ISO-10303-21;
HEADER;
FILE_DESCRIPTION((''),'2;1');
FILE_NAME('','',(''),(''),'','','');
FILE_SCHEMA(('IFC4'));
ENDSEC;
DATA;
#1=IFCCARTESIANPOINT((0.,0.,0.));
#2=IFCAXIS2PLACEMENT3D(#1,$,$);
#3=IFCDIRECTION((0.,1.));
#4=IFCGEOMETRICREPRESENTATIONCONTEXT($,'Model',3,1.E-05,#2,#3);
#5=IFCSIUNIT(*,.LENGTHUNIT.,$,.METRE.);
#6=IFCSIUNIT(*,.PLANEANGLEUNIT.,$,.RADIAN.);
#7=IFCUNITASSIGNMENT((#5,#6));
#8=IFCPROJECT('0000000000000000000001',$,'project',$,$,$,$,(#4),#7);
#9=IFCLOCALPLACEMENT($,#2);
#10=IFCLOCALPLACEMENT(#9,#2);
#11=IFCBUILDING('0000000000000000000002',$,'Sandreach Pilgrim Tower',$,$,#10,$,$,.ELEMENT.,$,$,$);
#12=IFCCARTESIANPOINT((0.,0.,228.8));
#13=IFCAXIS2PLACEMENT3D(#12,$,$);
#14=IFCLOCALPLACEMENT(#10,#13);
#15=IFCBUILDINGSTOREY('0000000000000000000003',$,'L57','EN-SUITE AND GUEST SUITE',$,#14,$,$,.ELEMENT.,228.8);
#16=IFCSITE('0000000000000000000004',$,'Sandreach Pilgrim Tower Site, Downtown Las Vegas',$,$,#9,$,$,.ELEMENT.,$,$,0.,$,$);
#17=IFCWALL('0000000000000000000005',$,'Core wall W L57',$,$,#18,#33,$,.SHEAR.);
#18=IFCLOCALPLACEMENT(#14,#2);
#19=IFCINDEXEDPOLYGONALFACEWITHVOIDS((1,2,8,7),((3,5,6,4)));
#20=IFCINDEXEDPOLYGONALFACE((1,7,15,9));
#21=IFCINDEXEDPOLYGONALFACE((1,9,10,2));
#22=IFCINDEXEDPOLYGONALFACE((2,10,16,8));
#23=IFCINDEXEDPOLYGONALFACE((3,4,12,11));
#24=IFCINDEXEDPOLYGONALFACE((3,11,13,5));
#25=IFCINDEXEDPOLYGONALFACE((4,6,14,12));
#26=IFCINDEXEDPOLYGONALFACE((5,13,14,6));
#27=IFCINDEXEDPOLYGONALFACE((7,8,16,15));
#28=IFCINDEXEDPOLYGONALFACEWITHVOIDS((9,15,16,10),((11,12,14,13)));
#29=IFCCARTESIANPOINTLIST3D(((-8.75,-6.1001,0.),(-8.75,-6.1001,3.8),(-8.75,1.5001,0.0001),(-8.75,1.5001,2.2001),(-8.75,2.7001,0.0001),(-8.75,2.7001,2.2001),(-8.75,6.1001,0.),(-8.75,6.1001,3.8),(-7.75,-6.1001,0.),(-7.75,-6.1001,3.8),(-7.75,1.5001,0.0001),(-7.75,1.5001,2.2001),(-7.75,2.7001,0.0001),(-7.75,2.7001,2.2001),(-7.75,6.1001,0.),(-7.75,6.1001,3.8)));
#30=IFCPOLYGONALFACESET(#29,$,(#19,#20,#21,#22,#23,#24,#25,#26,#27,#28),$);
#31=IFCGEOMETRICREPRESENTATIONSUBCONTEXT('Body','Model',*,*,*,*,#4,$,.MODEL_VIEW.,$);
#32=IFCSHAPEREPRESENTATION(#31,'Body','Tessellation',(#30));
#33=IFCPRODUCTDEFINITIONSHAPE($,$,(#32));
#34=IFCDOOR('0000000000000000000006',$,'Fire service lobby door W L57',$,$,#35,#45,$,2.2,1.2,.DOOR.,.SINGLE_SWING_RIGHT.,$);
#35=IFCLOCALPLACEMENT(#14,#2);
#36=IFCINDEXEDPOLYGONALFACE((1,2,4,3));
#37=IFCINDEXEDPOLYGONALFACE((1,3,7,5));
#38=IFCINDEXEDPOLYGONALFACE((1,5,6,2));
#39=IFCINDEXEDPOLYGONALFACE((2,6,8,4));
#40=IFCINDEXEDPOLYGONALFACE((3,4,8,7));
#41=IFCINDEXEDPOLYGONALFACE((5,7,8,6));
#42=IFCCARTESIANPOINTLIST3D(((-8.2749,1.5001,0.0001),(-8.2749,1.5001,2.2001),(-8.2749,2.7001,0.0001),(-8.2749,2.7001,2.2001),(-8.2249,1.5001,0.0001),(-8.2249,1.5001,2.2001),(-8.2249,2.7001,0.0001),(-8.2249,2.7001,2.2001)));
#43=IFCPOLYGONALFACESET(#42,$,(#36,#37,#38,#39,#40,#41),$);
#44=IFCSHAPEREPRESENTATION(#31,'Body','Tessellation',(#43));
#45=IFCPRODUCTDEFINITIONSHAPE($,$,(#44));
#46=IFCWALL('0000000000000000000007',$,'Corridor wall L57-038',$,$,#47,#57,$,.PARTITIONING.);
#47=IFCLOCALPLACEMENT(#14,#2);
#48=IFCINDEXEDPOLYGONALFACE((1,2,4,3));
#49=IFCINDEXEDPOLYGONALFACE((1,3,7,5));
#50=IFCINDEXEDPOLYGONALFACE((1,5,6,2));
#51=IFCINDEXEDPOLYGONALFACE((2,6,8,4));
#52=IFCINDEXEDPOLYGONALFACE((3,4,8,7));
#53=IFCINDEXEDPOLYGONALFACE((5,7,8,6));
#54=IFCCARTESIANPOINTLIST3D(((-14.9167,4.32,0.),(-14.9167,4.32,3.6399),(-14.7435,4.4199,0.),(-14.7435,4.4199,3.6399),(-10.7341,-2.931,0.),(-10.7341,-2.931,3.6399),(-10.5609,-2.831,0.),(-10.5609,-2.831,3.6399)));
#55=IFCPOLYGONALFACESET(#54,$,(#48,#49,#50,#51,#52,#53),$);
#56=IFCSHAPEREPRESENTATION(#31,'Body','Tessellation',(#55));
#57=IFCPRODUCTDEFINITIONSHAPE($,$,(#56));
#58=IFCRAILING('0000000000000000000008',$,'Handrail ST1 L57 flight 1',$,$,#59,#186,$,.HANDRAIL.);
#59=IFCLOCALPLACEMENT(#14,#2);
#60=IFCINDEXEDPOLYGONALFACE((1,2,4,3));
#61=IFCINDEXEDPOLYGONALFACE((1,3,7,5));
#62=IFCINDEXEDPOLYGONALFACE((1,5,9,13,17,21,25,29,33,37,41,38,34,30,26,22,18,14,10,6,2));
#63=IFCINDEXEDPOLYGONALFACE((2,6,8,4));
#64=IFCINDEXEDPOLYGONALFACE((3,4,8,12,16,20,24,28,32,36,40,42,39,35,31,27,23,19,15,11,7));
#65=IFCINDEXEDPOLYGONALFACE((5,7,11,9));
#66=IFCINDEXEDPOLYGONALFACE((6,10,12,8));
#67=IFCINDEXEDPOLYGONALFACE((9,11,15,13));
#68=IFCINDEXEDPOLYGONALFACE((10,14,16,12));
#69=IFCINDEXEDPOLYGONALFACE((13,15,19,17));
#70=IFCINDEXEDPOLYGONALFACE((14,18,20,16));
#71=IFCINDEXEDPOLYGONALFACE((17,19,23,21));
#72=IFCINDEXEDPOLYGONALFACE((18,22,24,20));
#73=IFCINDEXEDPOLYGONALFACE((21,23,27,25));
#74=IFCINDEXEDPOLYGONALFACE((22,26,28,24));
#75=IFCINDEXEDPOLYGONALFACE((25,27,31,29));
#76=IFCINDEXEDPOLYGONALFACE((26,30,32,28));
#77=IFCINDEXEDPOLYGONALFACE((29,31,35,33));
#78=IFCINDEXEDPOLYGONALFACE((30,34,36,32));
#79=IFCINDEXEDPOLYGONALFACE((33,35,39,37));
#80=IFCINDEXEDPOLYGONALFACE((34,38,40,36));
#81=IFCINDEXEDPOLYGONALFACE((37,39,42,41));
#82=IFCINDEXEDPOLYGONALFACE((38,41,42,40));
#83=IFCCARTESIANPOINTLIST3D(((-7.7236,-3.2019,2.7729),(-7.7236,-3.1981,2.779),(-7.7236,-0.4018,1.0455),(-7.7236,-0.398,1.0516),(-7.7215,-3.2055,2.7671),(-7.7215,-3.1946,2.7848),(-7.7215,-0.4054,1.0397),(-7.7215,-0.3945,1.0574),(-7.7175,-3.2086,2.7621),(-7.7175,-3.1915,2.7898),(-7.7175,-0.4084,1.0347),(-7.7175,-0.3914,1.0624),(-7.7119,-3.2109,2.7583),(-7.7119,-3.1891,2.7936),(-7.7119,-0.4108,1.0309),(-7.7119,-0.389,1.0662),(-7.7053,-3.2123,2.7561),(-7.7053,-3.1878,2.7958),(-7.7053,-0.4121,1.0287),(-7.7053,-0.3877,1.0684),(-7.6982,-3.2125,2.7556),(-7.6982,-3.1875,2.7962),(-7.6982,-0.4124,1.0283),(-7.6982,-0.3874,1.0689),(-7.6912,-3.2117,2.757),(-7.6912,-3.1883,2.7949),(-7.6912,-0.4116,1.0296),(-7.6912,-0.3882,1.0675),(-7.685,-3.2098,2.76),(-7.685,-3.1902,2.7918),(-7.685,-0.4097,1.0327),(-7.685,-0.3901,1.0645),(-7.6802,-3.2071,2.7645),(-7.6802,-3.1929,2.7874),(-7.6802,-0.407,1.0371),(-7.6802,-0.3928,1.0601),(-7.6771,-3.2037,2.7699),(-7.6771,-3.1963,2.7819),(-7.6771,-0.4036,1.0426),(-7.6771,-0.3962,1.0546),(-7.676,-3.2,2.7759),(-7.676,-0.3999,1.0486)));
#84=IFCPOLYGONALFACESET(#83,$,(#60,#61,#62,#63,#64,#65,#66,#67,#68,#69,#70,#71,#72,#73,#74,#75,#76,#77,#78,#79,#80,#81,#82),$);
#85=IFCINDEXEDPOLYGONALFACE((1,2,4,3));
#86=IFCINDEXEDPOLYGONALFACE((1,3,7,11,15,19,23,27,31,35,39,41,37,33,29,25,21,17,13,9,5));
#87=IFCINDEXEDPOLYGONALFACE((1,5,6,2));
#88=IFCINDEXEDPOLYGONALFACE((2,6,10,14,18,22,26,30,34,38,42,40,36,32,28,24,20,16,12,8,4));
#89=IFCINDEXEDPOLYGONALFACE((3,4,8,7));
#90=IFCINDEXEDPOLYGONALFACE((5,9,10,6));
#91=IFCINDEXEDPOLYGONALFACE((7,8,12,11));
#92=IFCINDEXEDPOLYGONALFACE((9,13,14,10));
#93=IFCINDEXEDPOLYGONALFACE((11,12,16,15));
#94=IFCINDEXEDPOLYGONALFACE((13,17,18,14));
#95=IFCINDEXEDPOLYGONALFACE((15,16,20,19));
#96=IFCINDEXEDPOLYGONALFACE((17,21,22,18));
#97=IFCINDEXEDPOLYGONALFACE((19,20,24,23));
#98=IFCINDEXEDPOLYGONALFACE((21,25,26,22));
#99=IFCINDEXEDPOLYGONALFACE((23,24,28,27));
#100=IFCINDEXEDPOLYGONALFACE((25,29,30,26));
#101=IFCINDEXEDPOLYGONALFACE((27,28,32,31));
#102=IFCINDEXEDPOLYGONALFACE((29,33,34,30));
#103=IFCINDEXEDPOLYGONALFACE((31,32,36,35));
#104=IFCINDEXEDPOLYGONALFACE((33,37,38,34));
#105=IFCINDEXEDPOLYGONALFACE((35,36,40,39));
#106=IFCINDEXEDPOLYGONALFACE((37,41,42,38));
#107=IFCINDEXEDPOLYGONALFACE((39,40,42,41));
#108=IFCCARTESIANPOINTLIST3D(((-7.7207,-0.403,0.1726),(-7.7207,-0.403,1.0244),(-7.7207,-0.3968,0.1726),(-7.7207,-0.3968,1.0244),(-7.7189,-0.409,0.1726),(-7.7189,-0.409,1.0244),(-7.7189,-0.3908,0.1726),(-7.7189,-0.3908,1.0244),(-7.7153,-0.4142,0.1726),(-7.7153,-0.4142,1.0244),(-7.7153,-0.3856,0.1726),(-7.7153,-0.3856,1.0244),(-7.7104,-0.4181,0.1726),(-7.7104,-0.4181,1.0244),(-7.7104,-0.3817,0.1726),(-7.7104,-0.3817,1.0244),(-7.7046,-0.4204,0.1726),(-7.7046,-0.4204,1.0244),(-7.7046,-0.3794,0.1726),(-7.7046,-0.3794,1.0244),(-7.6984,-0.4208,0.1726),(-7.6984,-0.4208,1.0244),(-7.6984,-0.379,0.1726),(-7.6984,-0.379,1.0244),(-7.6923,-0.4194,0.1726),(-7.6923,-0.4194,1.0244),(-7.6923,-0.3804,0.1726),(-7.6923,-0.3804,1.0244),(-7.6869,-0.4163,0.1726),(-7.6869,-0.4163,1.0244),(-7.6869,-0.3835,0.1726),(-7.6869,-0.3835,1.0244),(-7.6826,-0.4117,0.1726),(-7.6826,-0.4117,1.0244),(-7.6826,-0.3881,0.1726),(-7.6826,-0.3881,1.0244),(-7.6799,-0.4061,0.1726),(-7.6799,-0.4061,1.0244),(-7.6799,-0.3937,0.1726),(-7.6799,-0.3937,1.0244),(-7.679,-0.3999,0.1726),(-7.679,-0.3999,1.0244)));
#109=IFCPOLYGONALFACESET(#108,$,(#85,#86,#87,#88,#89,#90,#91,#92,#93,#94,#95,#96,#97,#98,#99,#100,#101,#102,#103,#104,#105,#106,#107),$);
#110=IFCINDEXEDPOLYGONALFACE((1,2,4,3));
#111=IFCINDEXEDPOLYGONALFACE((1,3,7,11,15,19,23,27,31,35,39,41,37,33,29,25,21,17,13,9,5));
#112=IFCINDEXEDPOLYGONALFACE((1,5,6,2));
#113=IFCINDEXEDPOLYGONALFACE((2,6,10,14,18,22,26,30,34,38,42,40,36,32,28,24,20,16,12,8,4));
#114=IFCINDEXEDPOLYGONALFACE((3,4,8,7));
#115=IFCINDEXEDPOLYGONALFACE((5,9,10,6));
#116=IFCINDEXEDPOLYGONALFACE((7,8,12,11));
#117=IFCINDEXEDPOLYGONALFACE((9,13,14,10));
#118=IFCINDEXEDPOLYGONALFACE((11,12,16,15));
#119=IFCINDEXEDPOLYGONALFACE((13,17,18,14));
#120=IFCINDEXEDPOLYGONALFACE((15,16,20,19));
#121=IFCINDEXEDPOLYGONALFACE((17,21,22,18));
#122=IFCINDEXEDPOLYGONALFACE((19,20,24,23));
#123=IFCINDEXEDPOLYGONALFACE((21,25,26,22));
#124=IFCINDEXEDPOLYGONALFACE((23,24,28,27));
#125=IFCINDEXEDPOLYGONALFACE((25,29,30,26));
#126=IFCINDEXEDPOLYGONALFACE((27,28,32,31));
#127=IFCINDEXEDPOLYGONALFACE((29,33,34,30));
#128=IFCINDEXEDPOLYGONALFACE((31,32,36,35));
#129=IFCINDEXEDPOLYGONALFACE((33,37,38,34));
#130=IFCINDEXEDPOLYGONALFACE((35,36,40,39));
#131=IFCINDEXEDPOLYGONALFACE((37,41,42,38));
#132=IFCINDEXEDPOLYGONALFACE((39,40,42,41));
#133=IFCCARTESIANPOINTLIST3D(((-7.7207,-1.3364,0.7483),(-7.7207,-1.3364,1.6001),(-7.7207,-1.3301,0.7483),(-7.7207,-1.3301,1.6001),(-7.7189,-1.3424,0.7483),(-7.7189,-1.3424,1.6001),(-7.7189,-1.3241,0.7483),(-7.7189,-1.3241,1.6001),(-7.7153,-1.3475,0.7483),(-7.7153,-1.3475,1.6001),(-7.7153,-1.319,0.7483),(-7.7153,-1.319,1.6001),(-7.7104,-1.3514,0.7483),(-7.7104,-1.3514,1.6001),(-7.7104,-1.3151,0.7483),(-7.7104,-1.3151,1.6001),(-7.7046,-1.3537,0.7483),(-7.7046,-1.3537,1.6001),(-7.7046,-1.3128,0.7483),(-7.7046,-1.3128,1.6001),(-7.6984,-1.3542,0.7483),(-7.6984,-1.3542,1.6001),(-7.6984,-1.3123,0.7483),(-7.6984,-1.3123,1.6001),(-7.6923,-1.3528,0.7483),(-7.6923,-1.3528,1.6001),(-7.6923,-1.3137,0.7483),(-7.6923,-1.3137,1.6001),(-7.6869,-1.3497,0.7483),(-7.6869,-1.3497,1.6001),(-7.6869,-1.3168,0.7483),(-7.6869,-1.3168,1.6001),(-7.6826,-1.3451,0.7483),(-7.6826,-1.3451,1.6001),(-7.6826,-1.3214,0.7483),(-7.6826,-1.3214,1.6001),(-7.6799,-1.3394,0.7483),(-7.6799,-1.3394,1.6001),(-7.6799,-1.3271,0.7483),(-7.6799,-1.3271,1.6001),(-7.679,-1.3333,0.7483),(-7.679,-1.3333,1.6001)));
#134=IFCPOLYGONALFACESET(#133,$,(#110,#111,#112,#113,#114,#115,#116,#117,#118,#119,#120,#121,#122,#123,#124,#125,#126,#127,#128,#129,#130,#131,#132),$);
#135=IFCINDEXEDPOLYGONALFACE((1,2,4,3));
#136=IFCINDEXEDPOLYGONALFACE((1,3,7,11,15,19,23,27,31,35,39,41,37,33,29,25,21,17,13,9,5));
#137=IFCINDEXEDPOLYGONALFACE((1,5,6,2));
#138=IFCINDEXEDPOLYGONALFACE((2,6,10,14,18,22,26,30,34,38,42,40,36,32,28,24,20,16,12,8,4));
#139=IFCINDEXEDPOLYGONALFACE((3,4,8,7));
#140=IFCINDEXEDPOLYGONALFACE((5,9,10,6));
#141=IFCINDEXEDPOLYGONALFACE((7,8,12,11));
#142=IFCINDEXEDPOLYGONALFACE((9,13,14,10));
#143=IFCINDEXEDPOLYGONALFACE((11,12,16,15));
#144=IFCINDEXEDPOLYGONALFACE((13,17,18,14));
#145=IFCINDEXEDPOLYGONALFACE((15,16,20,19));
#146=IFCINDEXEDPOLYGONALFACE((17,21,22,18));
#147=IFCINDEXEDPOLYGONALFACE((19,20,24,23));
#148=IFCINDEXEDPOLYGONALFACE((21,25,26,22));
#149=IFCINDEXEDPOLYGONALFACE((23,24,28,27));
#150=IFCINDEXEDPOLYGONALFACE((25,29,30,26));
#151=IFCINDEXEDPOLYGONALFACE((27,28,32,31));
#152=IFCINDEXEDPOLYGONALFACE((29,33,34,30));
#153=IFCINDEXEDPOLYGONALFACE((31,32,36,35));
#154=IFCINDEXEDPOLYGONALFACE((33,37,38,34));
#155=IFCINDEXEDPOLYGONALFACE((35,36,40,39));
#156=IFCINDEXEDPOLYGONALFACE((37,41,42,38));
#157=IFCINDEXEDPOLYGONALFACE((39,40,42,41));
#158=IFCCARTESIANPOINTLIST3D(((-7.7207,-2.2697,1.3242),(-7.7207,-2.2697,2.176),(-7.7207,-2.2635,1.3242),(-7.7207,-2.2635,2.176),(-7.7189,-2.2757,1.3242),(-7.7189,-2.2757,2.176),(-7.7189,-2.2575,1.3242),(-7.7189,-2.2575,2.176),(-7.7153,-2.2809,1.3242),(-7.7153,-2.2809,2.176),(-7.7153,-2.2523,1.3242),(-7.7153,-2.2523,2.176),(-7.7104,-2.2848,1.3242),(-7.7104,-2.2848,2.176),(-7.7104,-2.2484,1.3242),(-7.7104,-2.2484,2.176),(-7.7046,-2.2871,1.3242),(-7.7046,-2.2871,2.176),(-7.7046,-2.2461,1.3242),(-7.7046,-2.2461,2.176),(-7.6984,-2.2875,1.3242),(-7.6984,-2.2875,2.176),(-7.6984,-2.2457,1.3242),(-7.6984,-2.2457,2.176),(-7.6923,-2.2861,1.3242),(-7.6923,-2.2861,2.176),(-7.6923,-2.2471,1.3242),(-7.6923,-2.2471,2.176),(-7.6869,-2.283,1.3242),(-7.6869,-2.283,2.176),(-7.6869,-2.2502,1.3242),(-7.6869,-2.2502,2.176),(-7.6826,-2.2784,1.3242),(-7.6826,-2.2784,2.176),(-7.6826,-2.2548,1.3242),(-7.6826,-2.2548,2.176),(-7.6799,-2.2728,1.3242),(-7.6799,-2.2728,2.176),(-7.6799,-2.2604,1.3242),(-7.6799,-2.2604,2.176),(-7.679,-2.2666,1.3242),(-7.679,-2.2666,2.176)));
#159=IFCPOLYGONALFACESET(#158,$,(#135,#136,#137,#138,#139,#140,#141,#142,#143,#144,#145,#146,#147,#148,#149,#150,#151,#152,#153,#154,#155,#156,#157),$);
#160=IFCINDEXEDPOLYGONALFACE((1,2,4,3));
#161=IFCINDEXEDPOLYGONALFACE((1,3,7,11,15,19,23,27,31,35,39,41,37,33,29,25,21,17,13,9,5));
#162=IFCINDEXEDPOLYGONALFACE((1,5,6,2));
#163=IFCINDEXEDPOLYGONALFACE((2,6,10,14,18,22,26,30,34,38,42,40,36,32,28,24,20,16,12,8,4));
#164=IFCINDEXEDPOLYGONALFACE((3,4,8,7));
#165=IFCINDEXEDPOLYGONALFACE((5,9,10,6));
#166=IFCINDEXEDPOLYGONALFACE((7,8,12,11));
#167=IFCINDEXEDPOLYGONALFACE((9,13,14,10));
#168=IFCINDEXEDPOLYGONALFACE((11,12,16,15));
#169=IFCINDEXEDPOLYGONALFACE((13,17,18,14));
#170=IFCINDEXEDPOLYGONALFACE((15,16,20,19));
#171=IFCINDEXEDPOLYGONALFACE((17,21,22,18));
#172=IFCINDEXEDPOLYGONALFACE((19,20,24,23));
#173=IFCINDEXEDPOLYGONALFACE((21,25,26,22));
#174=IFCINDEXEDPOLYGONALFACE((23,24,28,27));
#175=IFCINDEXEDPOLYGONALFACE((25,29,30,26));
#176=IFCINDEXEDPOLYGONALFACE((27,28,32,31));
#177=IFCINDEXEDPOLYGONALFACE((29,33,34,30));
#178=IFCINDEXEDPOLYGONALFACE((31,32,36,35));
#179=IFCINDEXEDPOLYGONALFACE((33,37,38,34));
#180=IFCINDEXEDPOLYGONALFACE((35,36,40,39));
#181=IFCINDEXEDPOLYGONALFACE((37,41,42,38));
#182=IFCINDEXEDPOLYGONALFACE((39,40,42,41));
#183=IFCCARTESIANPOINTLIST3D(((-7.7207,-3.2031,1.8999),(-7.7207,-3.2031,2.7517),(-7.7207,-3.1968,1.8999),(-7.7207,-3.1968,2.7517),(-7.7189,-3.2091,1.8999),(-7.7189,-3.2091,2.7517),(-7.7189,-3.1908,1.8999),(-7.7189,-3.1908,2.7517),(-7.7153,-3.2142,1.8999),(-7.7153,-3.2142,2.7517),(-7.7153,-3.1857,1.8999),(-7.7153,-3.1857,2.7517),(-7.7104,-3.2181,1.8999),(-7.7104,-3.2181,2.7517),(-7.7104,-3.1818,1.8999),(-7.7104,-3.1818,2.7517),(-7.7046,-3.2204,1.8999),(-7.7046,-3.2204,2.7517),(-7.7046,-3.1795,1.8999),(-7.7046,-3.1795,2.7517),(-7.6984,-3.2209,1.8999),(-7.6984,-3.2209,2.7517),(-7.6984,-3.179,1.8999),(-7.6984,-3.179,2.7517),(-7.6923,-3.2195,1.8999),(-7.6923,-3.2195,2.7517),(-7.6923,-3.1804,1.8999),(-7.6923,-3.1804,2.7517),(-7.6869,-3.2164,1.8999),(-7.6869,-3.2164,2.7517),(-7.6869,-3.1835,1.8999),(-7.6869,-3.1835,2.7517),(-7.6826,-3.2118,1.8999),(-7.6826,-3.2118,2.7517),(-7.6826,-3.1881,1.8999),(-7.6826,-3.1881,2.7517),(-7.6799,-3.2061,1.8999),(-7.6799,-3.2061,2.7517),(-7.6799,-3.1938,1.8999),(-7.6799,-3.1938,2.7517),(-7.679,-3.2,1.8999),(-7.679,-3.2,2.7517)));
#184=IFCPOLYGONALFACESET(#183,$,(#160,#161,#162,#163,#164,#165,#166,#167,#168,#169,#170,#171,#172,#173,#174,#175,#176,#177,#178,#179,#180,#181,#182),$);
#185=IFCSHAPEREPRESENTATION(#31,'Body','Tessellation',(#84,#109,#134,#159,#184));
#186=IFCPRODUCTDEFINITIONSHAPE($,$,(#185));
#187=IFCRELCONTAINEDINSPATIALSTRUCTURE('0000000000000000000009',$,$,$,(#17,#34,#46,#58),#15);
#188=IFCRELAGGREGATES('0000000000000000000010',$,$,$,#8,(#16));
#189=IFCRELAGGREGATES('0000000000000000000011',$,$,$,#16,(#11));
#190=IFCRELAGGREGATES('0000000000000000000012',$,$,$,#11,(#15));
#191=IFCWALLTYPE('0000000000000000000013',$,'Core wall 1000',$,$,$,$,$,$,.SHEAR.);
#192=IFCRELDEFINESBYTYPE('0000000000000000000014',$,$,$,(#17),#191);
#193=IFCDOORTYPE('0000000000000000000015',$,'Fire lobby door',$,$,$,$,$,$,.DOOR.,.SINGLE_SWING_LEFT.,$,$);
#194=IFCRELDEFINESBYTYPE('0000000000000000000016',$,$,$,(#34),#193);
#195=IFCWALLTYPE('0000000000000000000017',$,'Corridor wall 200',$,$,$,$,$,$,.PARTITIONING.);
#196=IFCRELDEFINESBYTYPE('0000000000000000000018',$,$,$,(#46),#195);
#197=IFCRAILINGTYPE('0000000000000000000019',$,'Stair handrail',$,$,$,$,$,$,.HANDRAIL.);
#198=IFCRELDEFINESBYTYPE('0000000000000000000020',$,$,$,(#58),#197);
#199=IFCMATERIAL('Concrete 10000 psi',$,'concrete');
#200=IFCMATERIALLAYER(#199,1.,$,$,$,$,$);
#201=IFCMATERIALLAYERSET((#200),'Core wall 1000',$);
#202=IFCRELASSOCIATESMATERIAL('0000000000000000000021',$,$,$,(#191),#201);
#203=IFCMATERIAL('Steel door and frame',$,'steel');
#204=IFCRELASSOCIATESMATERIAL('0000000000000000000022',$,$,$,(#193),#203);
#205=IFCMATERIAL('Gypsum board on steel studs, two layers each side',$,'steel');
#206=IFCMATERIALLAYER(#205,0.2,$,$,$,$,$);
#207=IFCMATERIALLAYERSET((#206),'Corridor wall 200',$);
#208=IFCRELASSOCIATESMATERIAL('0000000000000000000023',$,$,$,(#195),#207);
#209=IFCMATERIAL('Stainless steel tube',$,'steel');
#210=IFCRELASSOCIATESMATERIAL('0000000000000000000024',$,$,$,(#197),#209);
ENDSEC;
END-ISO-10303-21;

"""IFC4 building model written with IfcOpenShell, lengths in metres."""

from ifc_helpers import new_model, si_unit, direction, frame, frame_2d, origin, origin_2d, place, context, subcontext, project, spatial, rectangle, circle, extrude, material, layer, layer_set, type_object, element, fill, save


model = new_model("IFC4")

# Units and contexts
model_context = context("Model", 3, precision=1e-05, world=origin(), true_north=direction((0.0, 1.0)))
body_context = subcontext(model_context, "Body", "Model", "MODEL_VIEW")
ifc_project = project(units=[si_unit("LENGTHUNIT", "METRE"), si_unit("PLANEANGLEUNIT", "RADIAN")], contexts=[model_context])

# Site, building, storey
site_placement = place(None, origin())
site = spatial("IfcSite", under=ifc_project, at=site_placement, Name="Sandreach Pilgrim Tower Site, Downtown Las Vegas", CompositionType="ELEMENT", RefElevation=0.0)
building_placement = place(site_placement, origin())
building = spatial("IfcBuilding", under=site, at=building_placement, Name="Sandreach Pilgrim Tower", CompositionType="ELEMENT")
storey_placement = place(building_placement, frame((0.0, 0.0, 228.8)))
storey = spatial("IfcBuildingStorey", under=building, at=storey_placement, Name="L57", Description="EN-SUITE AND GUEST SUITE", CompositionType="ELEMENT", Elevation=228.8)

# Shared definitions
ifc_material_1 = material(Name="Concrete 10000 psi", Category="concrete")
ifc_layer_1 = layer(ifc_material_1, 1.0)
ifc_layer_set_1 = layer_set([ifc_layer_1], Name="Core wall 1000")
wall_type_1 = type_object("IfcWallType", Name="Core wall 1000", PredefinedType="SHEAR", material=ifc_layer_set_1)

# Wall, opening, door
wall_1_placement = place(storey_placement, frame((-8.25, -6.1001, 0.0), z_axis=(0.0, 0.0, 1.0), x_axis=(0.0, 1.0, 0.0)))
wall_1 = element("IfcWall", 1, at=wall_1_placement, inside=storey, type_object=wall_type_1, Name="Core wall W L57", PredefinedType="SHEAR", context=body_context, shape_type="SweptSolid", body=[
    extrude(rectangle(XDim=12.2002, YDim=1.0, at=frame_2d((6.1001, 0.0))), origin(), (0.0, 0.0, 1.0), 3.8),
])
opening_1_placement = place(wall_1_placement, frame((7.6001, 0.0, 0.0)))
opening_1 = element("IfcOpeningElement", 2, at=opening_1_placement, cuts=wall_1, PredefinedType="OPENING", context=body_context, shape_type="SweptSolid", body=[
    extrude(rectangle(XDim=1.2, YDim=2.2, at=frame_2d((0.6001, 1.1001))), frame((0.0, 0.5, 0.0), z_axis=(0.0, -1.0, 0.0), x_axis=(1.0, 0.0, 0.0)), (0.0, 0.0, 1.0), 1.0),
])
ifc_material_2 = material(Name="Steel door and frame", Category="steel")
door_type_1 = type_object("IfcDoorType", Name="Fire lobby door", OperationType="SINGLE_SWING_LEFT", PredefinedType="DOOR", material=ifc_material_2)
door_1_placement = place(opening_1_placement, origin())
door_1 = element("IfcDoor", 3, at=door_1_placement, inside=storey, type_object=door_type_1, Name="Fire service lobby door W L57", OperationType="SINGLE_SWING_RIGHT", OverallHeight=2.2, OverallWidth=1.2, PredefinedType="DOOR", context=body_context, shape_type="SweptSolid", body=[
    extrude(rectangle(XDim=1.2, YDim=2.2, at=frame_2d((0.6001, 1.1001))), frame((0.0, 0.0249, 0.0), z_axis=(0.0, -1.0, 0.0), x_axis=(1.0, 0.0, 0.0)), (0.0, 0.0, 1.0), 0.05),
])
fill(opening_1, door_1)

# Wall
ifc_material_3 = material(Name="Gypsum board on steel studs, two layers each side", Category="steel")
ifc_layer_2 = layer(ifc_material_3, 0.2)
ifc_layer_set_2 = layer_set([ifc_layer_2], Name="Corridor wall 200")
wall_type_2 = type_object("IfcWallType", Name="Corridor wall 200", PredefinedType="PARTITIONING", material=ifc_layer_set_2)
wall_2_placement = place(storey_placement, frame((-10.6475, -2.8811, 0.0), z_axis=(0.0, 0.0, 1.0), x_axis=(-0.499665, 0.866219, 0.0)))
element("IfcWall", 4, at=wall_2_placement, inside=storey, type_object=wall_type_2, Name="Corridor wall L57-038", PredefinedType="PARTITIONING", context=body_context, shape_type="SweptSolid", body=[
    extrude(rectangle(XDim=8.3708, YDim=0.2, at=frame_2d((4.1855, 0.0))), origin(), (0.0, 0.0, 1.0), 3.6399),
])

# Railing
ifc_material_4 = material(Name="Stainless steel tube", Category="steel")
railing_type = type_object("IfcRailingType", Name="Stair handrail", PredefinedType="HANDRAIL", material=ifc_material_4)
railing_placement = place(storey_placement, frame((-7.7, -0.3999, 0.1726)))
element("IfcRailing", 5, at=railing_placement, inside=storey, type_object=railing_type, Name="Handrail ST1 L57 flight 1", PredefinedType="HANDRAIL", context=body_context, shape_type="SweptSolid", body=[
    extrude(circle(Radius=0.0239, at=origin_2d()), frame((0.0, 0.0, 0.876), z_axis=(0.0, -0.85109, 0.52502), x_axis=(1.0, 0.0, 0.0)), (0.0, 0.0, 1.0), 3.29),
    extrude(circle(Radius=0.021, at=origin_2d()), origin(), (0.0, 0.0, 1.0), 0.8518),
    extrude(circle(Radius=0.021, at=origin_2d()), frame((0.0, -0.9333, 0.5757)), (0.0, 0.0, 1.0), 0.8518),
    extrude(circle(Radius=0.021, at=origin_2d()), frame((0.0, -1.8667, 1.1516)), (0.0, 0.0, 1.0), 0.8518),
    extrude(circle(Radius=0.021, at=origin_2d()), frame((0.0, -2.8, 1.7273)), (0.0, 0.0, 1.0), 0.8518),
])

save(model, "model.ifc")
